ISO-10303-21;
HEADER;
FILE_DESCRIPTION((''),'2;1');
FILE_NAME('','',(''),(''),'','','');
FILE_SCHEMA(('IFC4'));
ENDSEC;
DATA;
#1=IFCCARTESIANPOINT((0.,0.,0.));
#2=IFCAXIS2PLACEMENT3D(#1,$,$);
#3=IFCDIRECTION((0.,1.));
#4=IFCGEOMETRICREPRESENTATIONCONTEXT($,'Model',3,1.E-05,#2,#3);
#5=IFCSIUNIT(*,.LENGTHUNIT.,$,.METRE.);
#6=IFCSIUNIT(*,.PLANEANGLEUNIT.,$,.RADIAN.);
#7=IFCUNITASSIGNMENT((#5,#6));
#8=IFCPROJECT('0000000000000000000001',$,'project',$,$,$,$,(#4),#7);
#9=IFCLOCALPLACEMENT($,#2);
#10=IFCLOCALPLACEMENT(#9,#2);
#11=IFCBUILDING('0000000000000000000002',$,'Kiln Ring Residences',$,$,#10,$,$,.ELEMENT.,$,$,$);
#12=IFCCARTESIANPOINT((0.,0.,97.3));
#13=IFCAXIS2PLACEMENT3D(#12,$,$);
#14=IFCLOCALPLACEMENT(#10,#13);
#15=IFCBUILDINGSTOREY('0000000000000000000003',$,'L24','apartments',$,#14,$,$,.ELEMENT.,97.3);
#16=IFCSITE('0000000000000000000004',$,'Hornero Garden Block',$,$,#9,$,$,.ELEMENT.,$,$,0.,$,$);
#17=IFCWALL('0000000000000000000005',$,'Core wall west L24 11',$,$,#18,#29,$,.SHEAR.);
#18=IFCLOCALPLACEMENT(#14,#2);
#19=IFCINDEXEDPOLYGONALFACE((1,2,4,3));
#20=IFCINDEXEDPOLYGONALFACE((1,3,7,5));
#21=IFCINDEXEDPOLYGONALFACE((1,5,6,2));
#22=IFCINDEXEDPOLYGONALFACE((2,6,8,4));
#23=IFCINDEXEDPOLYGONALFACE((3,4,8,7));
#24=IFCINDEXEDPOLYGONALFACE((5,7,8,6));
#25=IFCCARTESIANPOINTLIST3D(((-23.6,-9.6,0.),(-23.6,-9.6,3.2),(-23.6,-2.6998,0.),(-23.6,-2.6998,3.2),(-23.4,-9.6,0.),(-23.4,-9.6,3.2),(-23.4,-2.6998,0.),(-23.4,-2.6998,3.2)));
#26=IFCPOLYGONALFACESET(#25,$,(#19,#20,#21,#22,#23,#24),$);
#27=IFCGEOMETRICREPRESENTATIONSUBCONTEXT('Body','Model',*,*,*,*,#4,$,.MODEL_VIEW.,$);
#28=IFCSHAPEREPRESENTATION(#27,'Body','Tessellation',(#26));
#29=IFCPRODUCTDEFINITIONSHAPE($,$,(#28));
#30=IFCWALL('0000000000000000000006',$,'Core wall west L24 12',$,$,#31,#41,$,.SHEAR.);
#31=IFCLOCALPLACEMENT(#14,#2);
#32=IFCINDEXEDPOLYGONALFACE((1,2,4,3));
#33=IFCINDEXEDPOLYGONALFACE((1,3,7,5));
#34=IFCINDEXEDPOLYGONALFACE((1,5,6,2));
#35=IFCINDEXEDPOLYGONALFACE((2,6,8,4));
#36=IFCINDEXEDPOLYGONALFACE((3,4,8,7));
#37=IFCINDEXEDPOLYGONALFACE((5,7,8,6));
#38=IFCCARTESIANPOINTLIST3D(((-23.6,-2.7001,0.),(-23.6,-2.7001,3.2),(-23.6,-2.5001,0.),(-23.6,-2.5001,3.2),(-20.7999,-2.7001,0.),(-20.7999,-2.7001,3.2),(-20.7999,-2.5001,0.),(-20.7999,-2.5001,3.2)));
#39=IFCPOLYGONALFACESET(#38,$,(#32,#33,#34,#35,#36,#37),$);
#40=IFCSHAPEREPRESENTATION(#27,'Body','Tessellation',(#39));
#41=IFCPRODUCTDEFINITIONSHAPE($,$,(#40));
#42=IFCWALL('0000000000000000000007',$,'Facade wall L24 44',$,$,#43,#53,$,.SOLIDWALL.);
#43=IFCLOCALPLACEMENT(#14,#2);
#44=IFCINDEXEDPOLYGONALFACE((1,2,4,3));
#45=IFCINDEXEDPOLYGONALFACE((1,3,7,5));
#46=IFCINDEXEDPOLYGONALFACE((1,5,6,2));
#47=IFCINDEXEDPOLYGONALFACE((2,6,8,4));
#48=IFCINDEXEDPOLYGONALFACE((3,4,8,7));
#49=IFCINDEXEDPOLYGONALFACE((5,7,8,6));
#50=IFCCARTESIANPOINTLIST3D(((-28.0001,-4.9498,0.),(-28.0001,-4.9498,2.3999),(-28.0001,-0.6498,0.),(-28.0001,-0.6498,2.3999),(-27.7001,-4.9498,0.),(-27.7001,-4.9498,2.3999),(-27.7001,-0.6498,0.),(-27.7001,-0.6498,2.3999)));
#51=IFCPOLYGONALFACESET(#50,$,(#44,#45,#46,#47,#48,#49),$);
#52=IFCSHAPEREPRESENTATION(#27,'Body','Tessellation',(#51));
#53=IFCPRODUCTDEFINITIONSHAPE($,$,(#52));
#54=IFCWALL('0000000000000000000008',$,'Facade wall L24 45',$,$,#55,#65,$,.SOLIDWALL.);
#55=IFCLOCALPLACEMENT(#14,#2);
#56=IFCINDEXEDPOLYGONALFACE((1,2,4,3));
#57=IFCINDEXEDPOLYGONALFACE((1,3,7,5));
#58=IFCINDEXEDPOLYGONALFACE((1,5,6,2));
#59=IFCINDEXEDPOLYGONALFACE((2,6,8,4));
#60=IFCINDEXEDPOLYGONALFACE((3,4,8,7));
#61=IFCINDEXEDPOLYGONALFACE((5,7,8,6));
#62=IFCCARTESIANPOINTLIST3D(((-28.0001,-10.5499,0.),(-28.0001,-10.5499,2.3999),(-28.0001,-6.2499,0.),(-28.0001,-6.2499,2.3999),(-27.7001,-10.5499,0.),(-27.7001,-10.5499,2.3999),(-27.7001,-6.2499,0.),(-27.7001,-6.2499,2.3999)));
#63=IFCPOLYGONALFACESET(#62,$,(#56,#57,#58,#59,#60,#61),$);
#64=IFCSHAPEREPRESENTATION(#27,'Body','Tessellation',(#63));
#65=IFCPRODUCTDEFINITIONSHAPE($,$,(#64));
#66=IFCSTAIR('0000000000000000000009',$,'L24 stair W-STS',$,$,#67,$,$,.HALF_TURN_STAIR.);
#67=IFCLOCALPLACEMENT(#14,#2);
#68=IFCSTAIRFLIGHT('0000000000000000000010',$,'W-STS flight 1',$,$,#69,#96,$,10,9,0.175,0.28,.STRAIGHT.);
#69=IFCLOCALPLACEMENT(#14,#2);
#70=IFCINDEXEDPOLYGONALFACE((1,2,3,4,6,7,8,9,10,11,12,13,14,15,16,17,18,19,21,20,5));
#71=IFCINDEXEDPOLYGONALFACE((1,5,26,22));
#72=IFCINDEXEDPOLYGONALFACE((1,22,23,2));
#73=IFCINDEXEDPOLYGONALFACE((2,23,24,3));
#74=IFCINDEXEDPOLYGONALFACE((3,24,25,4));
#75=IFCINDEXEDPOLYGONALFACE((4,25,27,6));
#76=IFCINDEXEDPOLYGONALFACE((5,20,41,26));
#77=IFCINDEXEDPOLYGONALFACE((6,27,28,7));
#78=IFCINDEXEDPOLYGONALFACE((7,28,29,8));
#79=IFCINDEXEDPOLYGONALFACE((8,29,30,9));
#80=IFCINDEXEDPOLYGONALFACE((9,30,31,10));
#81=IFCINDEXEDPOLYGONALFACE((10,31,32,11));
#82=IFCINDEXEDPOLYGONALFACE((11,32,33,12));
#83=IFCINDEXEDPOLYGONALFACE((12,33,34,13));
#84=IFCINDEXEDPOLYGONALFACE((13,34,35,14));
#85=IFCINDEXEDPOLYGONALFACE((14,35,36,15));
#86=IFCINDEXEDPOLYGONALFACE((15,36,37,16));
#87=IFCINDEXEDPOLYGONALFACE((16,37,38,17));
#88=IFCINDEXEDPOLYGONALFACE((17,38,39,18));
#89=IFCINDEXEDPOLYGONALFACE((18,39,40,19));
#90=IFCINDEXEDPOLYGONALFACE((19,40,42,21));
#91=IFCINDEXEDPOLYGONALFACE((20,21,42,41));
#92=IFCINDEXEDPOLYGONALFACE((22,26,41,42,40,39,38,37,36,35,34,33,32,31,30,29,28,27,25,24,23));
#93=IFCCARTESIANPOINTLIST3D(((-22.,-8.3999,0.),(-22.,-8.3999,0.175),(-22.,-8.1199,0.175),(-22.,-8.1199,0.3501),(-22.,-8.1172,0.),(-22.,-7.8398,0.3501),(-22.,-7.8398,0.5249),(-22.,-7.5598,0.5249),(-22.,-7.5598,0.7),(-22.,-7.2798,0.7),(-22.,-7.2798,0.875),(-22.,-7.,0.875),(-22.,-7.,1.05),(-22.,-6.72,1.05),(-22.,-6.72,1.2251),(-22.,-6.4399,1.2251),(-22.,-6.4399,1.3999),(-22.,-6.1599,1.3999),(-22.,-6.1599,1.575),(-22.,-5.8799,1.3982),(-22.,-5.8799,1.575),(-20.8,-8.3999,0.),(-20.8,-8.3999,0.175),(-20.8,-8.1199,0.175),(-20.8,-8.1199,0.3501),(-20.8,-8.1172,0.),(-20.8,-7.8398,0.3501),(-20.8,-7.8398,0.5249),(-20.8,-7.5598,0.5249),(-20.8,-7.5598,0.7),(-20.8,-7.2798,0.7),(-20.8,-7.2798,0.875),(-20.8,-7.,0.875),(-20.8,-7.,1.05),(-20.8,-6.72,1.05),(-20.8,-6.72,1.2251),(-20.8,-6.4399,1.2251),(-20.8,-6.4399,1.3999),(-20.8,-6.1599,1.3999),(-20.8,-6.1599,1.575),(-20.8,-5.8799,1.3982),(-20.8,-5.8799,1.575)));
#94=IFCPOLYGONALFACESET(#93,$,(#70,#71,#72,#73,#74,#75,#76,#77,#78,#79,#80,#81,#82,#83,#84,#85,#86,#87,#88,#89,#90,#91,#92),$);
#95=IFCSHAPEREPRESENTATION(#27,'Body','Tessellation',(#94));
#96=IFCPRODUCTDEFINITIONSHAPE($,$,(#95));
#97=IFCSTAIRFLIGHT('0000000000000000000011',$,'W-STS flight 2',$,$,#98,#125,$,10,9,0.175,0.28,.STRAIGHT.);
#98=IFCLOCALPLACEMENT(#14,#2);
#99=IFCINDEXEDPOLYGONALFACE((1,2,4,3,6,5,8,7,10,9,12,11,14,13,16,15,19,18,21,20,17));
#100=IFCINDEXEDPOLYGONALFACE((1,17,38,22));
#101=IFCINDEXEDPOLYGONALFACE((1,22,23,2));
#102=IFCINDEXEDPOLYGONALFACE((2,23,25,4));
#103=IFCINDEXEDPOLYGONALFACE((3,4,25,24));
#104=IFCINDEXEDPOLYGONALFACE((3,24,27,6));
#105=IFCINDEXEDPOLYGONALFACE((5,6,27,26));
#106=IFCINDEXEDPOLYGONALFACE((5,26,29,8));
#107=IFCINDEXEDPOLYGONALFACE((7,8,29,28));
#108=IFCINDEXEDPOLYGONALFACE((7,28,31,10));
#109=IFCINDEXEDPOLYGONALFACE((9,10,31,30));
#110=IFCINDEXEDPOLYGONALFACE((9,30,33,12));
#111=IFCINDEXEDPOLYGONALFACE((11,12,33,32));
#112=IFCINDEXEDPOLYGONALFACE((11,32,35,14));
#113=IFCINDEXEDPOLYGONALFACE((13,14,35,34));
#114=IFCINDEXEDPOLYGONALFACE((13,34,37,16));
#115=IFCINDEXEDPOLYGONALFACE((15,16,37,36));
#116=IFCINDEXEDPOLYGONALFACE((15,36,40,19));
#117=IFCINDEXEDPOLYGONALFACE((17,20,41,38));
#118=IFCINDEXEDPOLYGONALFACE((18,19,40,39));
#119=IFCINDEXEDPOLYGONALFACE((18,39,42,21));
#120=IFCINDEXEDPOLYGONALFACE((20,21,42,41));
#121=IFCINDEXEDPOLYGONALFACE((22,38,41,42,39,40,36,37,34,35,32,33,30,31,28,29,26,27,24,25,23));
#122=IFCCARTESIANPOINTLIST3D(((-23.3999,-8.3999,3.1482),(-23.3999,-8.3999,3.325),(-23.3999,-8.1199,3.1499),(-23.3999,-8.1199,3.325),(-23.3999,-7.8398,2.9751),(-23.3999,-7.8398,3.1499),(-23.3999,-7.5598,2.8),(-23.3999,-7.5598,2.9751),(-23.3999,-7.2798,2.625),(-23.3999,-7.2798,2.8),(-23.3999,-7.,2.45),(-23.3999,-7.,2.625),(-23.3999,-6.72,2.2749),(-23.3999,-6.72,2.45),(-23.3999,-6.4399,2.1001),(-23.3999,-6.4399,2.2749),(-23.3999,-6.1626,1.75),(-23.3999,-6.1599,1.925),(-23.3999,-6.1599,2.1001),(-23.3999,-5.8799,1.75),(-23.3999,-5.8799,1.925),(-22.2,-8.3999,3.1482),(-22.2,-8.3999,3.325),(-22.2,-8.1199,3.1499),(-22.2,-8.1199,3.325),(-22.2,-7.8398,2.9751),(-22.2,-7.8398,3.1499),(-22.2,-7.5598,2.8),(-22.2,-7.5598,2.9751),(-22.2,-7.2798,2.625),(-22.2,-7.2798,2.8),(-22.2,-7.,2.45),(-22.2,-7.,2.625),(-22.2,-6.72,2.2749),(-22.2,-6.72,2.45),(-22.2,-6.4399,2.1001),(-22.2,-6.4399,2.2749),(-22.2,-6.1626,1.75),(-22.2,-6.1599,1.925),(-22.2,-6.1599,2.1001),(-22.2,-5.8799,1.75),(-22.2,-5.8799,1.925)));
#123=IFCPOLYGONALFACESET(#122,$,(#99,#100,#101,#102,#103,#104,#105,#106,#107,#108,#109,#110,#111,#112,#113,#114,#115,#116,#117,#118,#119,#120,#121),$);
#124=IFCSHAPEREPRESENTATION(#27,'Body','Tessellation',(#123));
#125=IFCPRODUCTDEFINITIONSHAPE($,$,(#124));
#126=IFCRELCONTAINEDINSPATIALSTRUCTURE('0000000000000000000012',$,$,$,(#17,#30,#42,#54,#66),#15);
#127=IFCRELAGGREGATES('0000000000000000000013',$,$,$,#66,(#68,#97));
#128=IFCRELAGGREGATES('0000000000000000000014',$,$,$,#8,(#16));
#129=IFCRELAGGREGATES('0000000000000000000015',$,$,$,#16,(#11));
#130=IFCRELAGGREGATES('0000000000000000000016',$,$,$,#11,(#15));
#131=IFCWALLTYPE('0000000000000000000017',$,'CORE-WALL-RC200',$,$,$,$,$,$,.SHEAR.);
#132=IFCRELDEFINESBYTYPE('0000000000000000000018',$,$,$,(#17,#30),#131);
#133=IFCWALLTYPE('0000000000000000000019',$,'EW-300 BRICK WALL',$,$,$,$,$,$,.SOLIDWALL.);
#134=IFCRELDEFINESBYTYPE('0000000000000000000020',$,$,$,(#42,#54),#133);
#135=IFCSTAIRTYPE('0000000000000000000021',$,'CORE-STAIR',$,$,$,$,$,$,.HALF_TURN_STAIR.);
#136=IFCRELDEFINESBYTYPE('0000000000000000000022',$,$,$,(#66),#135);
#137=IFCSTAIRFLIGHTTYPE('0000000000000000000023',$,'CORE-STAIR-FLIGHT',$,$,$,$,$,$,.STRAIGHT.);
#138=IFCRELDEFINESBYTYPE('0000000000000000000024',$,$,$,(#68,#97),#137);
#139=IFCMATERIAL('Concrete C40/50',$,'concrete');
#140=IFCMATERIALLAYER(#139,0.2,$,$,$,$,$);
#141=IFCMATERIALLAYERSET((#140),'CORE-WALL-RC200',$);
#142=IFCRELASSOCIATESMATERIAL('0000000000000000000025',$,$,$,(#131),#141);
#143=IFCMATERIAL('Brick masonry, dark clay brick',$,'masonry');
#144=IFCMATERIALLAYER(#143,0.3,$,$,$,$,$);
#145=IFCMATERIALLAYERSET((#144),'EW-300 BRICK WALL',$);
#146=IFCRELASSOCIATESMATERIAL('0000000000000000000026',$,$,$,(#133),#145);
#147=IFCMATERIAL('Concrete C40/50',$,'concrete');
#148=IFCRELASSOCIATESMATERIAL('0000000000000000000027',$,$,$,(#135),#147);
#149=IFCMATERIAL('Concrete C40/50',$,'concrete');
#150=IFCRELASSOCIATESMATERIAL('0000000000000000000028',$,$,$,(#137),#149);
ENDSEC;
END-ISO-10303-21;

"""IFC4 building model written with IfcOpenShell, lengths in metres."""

from ifc_helpers import new_model, si_unit, direction, frame, frame_2d, origin, place, context, subcontext, project, spatial, polyline, rectangle, outline, extrude, material, layer, layer_set, type_object, element, aggregate, save


model = new_model("IFC4")

# Units and contexts
model_context = context("Model", 3, precision=1e-05, world=origin(), true_north=direction((0.0, 1.0)))
body_context = subcontext(model_context, "Body", "Model", "MODEL_VIEW")
ifc_project = project(units=[si_unit("LENGTHUNIT", "METRE"), si_unit("PLANEANGLEUNIT", "RADIAN")], contexts=[model_context])

# Site, building, storey
site_placement = place(None, origin())
site = spatial("IfcSite", under=ifc_project, at=site_placement, Name="Hornero Garden Block", CompositionType="ELEMENT", RefElevation=0.0)
building_placement = place(site_placement, origin())
building = spatial("IfcBuilding", under=site, at=building_placement, Name="Kiln Ring Residences", CompositionType="ELEMENT")
storey_placement = place(building_placement, frame((0.0, 0.0, 97.3)))
storey = spatial("IfcBuildingStorey", under=building, at=storey_placement, Name="L24", Description="apartments", CompositionType="ELEMENT", Elevation=97.3)

# Shared definitions
ifc_material_1 = material(Name="Concrete C40/50", Category="concrete")
ifc_layer_1 = layer(ifc_material_1, 0.2)
ifc_layer_set_1 = layer_set([ifc_layer_1], Name="CORE-WALL-RC200")
wall_type_1 = type_object("IfcWallType", Name="CORE-WALL-RC200", PredefinedType="SHEAR", material=ifc_layer_set_1)

# Walls
wall_1_placement = place(storey_placement, frame((-23.5, -9.6001, 0.0), z_axis=(0.0, 0.0, 1.0), x_axis=(0.0, 1.0, 0.0)))
element("IfcWall", 1, at=wall_1_placement, inside=storey, type_object=wall_type_1, Name="Core wall west L24 11", PredefinedType="SHEAR", context=body_context, shape_type="SweptSolid", body=[
    extrude(rectangle(XDim=6.9001, YDim=0.2, at=frame_2d((3.4502, 0.0))), origin(), (0.0, 0.0, 1.0), 3.2),
])
wall_2_placement = place(storey_placement, frame((-20.8, -2.6001, 0.0), z_axis=(0.0, 0.0, 1.0), x_axis=(-1.0, 0.0, 0.0)))
element("IfcWall", 2, at=wall_2_placement, inside=storey, type_object=wall_type_1, Name="Core wall west L24 12", PredefinedType="SHEAR", context=body_context, shape_type="SweptSolid", body=[
    extrude(rectangle(XDim=2.8, YDim=0.2, at=frame_2d((1.3999, 0.0))), origin(), (0.0, 0.0, 1.0), 3.2),
])
ifc_material_2 = material(Name="Brick masonry, dark clay brick", Category="masonry")
ifc_layer_2 = layer(ifc_material_2, 0.3)
ifc_layer_set_2 = layer_set([ifc_layer_2], Name="EW-300 BRICK WALL")
wall_type_2 = type_object("IfcWallType", Name="EW-300 BRICK WALL", PredefinedType="SOLIDWALL", material=ifc_layer_set_2)
for number, where, z_axis, x_axis, name in (
    (3, (-27.8501, -0.6499, 0.0), (0.0, 0.0, 1.0), (0.0, -1.0, 0.0), "Facade wall L24 44"),
    (4, (-27.8501, -6.25, 0.0), (0.0, 0.0, 1.0), (0.0, -1.0, 0.0), "Facade wall L24 45"),
):
    element("IfcWall", number, at=place(storey_placement, frame(where, z_axis=z_axis, x_axis=x_axis)), inside=storey, type_object=wall_type_2, Name=name, PredefinedType="SOLIDWALL", context=body_context, shape_type="SweptSolid", body=[
        extrude(rectangle(XDim=4.3, YDim=0.3, at=frame_2d((2.1499, 0.0))), origin(), (0.0, 0.0, 1.0), 2.3999),
    ])

# Stair, stair flights
ifc_material_3 = material(Name="Concrete C40/50", Category="concrete")
stair_type = type_object("IfcStairType", Name="CORE-STAIR", PredefinedType="HALF_TURN_STAIR", material=ifc_material_3)
stair_placement = place(storey_placement, origin())
stair = element("IfcStair", 5, at=stair_placement, inside=storey, type_object=stair_type, Name="L24 stair W-STS", PredefinedType="HALF_TURN_STAIR")
ifc_material_4 = material(Name="Concrete C40/50", Category="concrete")
stair_flight_type = type_object("IfcStairFlightType", Name="CORE-STAIR-FLIGHT", PredefinedType="STRAIGHT", material=ifc_material_4)
stair_flight_1_placement = place(storey_placement, frame((-21.3999, -8.3999, 0.0), z_axis=(0.0, 0.0, 1.0), x_axis=(0.0, 1.0, 0.0)))
stair_flight_1 = element("IfcStairFlight", 6, at=stair_flight_1_placement, type_object=stair_flight_type, Name="W-STS flight 1", NumberOfRisers=10, NumberOfTreads=9, PredefinedType="STRAIGHT", RiserHeight=0.175, TreadLength=0.28, context=body_context, shape_type="SweptSolid", body=[
    extrude(outline(polyline([(0.0, 0.0), (0.0, 0.175), (0.28, 0.175), (0.28, 0.3501), (0.5601, 0.3501), (0.5601, 0.5249), (0.8401, 0.5249), (0.8401, 0.7), (1.1201, 0.7), (1.1201, 0.875), (1.3999, 0.875), (1.3999, 1.05), (1.6799, 1.05), (1.6799, 1.2251), (1.96, 1.2251), (1.96, 1.3999), (2.24, 1.3999), (2.24, 1.575), (2.52, 1.575), (2.52, 1.75), (2.52, 1.3982), (0.2827, 0.0), (0.0, 0.0)])), frame((0.0, 0.6001, 0.0), z_axis=(0.0, -1.0, 0.0), x_axis=(1.0, 0.0, 0.0)), (0.0, 0.0, 1.0), 1.2),
])
stair_flight_2_placement = place(storey_placement, frame((-22.8, -5.8799, 1.75), z_axis=(0.0, 0.0, 1.0), x_axis=(0.0, -1.0, 0.0)))
stair_flight_2 = element("IfcStairFlight", 7, at=stair_flight_2_placement, type_object=stair_flight_type, Name="W-STS flight 2", NumberOfRisers=10, NumberOfTreads=9, PredefinedType="STRAIGHT", RiserHeight=0.175, TreadLength=0.28, context=body_context, shape_type="SweptSolid", body=[
    extrude(outline(polyline([(0.0, 0.0), (0.0, 0.175), (0.28, 0.175), (0.28, 0.3501), (0.5601, 0.3501), (0.5601, 0.5249), (0.8401, 0.5249), (0.8401, 0.7), (1.1201, 0.7), (1.1201, 0.875), (1.3999, 0.875), (1.3999, 1.05), (1.6799, 1.05), (1.6799, 1.2251), (1.96, 1.2251), (1.96, 1.3999), (2.24, 1.3999), (2.24, 1.575), (2.52, 1.575), (2.52, 1.75), (2.52, 1.3982), (0.2827, 0.0), (0.0, 0.0)])), frame((0.0, 0.6001, 0.0), z_axis=(0.0, -1.0, 0.0), x_axis=(1.0, 0.0, 0.0)), (0.0, 0.0, 1.0), 1.2),
])
aggregate(stair, [stair_flight_1, stair_flight_2])

save(model, "model.ifc")
